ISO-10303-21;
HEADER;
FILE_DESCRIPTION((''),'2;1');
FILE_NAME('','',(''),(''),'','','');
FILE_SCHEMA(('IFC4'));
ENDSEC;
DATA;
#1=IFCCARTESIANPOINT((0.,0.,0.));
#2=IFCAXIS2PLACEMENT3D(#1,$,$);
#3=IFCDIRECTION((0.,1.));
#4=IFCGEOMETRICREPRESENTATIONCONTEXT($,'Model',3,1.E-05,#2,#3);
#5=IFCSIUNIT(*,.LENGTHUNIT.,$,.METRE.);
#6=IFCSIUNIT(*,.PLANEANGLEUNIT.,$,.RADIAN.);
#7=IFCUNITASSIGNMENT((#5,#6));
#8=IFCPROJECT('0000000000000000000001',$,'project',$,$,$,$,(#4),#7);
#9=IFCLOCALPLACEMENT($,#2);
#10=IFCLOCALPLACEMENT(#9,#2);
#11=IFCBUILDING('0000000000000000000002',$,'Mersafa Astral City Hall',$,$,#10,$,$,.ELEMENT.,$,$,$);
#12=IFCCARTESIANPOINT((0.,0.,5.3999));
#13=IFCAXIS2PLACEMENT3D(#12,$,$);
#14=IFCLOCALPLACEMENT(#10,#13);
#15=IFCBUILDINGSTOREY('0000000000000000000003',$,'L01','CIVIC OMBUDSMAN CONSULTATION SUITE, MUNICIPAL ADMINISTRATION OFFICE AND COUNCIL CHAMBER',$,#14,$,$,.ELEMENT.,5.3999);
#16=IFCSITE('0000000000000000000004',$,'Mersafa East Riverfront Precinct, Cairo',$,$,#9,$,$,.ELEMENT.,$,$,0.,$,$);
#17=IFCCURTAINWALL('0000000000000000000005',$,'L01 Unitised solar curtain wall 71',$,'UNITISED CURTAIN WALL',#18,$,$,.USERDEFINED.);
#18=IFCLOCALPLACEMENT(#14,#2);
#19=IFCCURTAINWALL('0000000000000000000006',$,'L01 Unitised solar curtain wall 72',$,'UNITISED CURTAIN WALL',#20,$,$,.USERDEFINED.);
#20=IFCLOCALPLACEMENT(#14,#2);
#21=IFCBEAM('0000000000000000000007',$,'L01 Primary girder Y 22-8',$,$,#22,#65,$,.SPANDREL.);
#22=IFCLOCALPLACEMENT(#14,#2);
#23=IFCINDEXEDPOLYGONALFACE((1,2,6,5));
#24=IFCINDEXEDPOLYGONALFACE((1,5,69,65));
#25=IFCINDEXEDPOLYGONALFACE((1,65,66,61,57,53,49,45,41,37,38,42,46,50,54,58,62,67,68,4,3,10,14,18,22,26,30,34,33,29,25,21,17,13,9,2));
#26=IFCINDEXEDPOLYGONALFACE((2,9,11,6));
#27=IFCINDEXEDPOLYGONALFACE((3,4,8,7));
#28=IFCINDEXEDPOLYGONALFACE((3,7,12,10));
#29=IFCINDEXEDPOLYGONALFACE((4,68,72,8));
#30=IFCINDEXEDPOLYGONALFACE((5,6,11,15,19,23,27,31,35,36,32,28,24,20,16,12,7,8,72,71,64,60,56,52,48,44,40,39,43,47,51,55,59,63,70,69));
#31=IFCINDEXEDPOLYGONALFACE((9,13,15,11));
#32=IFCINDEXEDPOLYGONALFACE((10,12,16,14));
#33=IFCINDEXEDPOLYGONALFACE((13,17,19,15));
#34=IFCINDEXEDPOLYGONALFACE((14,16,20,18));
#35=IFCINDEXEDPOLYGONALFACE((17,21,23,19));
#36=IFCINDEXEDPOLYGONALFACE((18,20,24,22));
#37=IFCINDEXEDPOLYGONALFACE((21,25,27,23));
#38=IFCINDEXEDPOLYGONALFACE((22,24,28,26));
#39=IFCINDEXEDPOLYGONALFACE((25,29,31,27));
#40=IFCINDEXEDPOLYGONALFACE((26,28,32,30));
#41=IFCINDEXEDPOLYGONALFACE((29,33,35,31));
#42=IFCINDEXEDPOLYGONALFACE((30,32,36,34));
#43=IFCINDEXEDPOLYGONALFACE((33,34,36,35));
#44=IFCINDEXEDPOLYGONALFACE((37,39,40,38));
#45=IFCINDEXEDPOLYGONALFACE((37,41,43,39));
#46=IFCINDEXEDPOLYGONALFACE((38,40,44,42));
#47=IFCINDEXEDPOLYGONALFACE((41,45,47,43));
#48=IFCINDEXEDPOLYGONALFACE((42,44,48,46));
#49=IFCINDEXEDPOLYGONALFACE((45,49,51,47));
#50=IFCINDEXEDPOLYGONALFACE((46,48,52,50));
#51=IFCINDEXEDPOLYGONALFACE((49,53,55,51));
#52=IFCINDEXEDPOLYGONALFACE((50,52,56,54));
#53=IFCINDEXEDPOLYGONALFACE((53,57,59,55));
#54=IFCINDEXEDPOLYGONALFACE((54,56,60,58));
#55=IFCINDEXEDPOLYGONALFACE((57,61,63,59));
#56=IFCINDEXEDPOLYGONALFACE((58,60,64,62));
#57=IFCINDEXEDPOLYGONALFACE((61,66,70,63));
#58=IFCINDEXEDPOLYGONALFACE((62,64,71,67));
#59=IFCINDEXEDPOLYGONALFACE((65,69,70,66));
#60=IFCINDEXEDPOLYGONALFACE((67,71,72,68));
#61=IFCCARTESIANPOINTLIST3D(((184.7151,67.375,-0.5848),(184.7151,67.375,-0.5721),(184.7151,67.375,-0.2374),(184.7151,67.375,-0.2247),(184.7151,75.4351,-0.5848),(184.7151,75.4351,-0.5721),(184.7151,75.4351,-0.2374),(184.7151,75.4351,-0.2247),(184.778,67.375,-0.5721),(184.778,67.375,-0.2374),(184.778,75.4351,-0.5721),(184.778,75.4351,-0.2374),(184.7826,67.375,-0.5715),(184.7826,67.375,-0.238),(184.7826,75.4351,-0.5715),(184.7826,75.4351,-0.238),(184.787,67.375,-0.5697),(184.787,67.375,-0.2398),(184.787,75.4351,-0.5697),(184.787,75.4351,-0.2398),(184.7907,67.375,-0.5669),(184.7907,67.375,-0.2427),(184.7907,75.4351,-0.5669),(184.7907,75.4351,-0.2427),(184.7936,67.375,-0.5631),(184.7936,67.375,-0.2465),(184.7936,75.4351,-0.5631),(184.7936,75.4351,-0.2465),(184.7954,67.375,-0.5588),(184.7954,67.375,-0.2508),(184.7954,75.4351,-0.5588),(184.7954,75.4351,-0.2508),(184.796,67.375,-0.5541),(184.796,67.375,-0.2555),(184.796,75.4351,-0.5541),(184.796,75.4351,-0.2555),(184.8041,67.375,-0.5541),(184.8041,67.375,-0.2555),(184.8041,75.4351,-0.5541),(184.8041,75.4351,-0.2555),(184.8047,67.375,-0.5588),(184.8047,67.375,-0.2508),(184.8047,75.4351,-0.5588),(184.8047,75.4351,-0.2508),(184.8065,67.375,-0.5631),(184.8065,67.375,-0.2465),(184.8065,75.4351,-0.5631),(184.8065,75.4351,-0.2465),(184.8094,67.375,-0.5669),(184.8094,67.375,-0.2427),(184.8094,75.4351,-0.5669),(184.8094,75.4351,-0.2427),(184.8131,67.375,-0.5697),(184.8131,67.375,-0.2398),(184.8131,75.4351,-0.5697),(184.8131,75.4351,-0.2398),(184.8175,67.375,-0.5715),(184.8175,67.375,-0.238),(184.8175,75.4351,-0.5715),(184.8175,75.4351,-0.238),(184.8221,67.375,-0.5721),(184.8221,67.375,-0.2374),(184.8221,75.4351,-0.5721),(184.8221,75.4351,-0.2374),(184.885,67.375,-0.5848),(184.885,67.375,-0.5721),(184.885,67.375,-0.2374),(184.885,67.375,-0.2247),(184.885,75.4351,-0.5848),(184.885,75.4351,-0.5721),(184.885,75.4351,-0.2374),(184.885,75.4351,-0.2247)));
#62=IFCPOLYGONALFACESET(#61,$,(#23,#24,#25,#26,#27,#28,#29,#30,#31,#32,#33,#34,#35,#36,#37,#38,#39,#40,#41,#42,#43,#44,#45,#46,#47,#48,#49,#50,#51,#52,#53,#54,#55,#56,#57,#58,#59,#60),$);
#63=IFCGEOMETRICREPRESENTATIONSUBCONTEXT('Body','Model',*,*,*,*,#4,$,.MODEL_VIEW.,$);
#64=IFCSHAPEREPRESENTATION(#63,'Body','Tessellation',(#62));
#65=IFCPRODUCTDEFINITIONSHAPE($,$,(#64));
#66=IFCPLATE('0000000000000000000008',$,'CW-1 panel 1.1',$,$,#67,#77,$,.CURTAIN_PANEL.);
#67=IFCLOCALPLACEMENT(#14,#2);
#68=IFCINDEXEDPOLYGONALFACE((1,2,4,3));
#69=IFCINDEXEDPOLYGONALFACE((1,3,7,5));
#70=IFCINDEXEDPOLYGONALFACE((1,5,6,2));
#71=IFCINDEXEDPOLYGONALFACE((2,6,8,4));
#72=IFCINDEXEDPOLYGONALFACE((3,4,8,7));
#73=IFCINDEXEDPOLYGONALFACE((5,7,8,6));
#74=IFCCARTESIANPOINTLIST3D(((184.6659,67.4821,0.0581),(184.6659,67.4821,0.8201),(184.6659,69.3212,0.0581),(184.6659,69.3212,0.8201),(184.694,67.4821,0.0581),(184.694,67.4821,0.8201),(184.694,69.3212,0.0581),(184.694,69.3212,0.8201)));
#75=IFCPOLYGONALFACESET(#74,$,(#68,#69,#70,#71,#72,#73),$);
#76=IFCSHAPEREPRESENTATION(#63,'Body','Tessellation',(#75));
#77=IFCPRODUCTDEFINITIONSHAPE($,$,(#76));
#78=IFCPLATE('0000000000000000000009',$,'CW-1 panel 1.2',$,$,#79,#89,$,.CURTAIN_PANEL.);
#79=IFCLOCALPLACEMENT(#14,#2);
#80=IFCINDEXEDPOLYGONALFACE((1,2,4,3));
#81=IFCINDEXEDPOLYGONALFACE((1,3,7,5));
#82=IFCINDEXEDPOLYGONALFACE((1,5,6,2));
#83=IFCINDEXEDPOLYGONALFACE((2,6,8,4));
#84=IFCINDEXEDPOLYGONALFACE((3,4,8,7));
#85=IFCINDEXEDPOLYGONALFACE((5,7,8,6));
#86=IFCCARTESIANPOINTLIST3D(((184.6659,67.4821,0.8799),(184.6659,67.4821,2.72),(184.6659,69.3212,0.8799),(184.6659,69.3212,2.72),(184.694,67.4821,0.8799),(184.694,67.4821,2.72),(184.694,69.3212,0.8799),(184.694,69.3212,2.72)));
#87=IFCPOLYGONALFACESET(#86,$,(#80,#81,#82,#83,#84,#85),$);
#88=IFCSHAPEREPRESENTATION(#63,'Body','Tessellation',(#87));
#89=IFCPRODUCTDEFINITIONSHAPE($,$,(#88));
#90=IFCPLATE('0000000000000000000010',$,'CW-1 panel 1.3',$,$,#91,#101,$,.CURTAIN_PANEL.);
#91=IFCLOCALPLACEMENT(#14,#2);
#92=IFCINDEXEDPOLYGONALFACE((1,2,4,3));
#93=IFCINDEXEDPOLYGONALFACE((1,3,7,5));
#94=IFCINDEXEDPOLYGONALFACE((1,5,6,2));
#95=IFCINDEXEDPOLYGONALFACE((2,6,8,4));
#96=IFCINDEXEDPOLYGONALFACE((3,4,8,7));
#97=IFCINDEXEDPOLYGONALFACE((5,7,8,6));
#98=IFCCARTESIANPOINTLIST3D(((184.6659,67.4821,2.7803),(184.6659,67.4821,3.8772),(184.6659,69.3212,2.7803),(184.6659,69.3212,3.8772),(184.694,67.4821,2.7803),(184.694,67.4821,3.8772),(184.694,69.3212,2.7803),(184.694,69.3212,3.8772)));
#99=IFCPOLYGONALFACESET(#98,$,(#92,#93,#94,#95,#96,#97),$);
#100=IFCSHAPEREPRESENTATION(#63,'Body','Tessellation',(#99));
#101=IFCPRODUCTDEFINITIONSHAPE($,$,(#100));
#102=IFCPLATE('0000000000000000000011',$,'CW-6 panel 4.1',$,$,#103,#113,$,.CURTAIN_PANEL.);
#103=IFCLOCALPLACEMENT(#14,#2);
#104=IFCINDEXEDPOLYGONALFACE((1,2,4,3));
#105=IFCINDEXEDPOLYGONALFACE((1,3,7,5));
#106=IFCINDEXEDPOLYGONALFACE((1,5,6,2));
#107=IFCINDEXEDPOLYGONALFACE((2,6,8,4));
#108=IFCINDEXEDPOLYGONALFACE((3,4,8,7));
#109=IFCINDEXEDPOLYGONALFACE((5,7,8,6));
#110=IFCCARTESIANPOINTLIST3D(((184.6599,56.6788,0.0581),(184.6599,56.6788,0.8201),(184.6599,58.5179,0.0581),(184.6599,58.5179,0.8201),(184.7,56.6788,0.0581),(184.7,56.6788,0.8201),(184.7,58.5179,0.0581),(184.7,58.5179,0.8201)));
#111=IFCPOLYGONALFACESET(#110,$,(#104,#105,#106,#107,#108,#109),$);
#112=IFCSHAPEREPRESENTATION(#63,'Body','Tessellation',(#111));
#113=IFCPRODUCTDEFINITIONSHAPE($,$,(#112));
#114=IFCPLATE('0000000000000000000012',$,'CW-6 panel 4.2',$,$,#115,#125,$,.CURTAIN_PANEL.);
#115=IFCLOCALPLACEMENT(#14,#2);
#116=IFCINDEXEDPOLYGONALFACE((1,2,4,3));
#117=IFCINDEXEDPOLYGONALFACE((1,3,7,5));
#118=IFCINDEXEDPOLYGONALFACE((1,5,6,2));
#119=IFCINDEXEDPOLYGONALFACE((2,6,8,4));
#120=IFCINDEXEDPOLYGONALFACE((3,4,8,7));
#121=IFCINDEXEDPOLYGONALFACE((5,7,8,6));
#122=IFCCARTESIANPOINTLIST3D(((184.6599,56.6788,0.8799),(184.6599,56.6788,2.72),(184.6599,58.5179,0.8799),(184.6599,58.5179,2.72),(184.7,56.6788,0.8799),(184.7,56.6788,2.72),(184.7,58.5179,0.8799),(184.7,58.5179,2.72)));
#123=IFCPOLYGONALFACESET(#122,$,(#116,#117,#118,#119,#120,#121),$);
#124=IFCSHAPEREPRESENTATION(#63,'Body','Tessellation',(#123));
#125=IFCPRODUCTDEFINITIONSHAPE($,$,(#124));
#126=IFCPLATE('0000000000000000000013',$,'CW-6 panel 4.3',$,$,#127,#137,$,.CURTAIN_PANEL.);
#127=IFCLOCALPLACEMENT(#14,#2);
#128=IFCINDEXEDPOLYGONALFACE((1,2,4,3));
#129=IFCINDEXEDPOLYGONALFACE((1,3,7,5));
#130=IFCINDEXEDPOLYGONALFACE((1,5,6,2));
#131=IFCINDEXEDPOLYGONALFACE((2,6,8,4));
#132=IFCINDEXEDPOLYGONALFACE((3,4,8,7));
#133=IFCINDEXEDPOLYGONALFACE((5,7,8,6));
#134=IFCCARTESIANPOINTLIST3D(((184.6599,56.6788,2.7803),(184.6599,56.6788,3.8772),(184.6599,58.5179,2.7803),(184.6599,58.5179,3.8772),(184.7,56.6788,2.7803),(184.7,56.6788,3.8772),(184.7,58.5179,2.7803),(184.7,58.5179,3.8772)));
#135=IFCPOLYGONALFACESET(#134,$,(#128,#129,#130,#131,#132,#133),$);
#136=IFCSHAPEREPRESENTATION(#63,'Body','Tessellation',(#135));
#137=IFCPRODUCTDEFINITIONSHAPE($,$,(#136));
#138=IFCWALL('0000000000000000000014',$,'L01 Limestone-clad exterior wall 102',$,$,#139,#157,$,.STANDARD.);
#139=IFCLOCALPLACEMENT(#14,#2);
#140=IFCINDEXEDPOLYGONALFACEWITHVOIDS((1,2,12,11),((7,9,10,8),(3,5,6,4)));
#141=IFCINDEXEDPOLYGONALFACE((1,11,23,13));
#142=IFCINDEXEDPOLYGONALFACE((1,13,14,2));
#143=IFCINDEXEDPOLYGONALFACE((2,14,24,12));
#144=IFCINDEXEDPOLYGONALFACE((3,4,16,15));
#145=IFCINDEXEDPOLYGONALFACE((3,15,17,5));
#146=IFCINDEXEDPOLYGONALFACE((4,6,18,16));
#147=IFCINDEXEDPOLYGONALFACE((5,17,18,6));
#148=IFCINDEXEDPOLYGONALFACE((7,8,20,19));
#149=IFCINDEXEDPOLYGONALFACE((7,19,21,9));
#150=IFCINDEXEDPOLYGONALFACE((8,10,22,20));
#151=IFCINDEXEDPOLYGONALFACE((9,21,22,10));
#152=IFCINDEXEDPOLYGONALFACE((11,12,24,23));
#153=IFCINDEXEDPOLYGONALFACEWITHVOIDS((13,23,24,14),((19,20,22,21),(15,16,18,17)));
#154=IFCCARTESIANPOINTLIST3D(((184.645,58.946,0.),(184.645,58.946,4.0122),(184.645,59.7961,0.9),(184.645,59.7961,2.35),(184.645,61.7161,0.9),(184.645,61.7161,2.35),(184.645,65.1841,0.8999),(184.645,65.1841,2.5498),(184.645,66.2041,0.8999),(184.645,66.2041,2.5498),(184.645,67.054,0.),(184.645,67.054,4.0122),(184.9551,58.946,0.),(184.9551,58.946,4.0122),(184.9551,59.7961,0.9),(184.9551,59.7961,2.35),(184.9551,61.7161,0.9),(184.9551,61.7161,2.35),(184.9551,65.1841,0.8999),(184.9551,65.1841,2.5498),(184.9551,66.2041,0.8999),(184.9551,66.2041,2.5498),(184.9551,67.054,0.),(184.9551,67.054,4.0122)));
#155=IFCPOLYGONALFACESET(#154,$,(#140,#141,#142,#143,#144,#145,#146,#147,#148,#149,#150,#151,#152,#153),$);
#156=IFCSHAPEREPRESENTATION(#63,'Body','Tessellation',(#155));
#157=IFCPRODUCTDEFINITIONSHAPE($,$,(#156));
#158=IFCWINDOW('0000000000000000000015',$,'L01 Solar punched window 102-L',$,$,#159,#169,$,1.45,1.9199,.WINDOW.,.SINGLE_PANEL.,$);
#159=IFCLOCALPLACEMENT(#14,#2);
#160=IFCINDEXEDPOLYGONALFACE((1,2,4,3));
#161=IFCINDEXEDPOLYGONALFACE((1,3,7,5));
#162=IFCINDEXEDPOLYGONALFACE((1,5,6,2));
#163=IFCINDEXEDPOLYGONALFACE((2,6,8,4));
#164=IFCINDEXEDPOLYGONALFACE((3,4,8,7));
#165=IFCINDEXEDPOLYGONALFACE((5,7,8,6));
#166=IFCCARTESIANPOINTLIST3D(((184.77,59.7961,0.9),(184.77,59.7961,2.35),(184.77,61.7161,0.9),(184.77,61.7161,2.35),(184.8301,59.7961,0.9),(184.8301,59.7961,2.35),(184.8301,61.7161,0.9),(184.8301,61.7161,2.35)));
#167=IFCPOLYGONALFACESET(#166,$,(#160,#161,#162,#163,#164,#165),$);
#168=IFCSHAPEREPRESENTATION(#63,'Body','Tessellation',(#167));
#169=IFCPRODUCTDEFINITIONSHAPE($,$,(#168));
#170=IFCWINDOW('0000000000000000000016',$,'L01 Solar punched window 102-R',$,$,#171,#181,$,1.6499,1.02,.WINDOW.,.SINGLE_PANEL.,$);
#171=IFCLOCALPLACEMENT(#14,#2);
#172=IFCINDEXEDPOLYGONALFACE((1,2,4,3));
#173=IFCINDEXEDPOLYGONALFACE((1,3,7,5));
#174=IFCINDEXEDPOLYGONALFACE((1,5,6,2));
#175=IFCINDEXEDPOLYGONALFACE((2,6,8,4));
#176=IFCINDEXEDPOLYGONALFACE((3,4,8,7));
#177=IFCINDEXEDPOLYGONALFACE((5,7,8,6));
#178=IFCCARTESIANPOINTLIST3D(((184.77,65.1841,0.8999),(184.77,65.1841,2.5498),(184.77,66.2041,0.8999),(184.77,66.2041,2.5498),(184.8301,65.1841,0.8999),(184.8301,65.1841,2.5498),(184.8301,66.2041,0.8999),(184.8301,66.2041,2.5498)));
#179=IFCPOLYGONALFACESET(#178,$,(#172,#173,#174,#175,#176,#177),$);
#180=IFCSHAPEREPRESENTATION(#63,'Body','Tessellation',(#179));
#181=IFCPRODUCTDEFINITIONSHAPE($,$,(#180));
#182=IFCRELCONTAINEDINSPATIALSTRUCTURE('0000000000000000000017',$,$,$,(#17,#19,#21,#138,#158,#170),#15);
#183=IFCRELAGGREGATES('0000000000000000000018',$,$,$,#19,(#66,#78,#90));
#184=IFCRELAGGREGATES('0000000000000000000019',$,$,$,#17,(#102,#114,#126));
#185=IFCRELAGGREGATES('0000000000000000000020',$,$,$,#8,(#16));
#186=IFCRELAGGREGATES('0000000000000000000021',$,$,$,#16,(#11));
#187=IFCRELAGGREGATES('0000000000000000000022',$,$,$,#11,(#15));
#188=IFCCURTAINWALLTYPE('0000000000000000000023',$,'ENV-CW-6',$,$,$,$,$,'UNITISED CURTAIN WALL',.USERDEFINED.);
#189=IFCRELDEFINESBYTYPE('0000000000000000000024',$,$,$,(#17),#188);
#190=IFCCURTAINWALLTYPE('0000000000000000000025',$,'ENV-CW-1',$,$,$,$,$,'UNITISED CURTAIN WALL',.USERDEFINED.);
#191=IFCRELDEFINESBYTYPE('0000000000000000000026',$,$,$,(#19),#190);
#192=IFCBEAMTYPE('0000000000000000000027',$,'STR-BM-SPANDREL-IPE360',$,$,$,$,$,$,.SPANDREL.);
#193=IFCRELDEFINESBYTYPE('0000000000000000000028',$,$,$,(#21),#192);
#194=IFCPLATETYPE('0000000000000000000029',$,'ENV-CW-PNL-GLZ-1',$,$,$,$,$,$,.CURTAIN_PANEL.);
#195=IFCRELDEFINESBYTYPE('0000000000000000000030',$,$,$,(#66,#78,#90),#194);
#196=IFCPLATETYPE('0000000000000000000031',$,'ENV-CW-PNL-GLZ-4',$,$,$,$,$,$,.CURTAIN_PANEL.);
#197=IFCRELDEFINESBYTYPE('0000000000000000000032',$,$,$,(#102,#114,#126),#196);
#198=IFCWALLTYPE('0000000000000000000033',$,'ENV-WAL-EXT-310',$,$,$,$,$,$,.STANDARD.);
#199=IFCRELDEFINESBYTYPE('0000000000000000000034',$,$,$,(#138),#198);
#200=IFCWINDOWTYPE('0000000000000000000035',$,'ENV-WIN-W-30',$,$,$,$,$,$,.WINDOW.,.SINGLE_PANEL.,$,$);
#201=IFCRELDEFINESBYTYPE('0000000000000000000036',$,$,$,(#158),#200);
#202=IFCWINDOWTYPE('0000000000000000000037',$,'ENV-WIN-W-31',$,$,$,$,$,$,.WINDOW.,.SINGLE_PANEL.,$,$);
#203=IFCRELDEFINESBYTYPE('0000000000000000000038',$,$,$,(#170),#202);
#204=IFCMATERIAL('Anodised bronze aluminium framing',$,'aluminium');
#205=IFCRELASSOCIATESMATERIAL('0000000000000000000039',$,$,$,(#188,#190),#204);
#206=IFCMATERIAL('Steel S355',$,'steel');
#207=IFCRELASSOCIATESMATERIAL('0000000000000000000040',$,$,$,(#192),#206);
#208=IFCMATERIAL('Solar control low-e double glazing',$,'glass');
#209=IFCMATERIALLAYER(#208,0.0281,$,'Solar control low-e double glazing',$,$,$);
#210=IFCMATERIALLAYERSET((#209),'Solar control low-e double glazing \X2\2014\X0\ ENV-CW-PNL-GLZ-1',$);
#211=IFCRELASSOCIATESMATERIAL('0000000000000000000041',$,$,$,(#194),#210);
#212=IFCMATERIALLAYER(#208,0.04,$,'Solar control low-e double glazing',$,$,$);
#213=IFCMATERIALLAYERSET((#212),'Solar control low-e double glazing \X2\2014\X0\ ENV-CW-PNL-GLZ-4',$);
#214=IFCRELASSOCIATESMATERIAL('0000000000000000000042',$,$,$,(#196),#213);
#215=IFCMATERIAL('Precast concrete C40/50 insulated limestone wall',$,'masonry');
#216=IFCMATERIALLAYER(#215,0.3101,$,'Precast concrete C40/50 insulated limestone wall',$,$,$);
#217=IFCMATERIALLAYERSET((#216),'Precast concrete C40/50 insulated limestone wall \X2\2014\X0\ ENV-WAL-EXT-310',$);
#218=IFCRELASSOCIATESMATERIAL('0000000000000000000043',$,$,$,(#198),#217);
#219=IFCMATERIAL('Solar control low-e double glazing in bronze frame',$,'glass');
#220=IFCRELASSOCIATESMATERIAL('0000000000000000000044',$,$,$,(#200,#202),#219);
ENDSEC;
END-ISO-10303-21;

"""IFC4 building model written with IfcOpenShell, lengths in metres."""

from ifc_helpers import new_model, si_unit, direction, frame, frame_2d, origin, origin_2d, place, context, subcontext, project, spatial, rectangle, i_section, extrude, material, layer, layer_set, material_profile, profile_set, type_object, element, fill, aggregate, save


model = new_model("IFC4")

# Units and contexts
model_context = context("Model", 3, precision=1e-05, world=origin(), true_north=direction((0.0, 1.0)))
body_context = subcontext(model_context, "Body", "Model", "MODEL_VIEW")
ifc_project = project(units=[si_unit("LENGTHUNIT", "METRE"), si_unit("PLANEANGLEUNIT", "RADIAN")], contexts=[model_context])

# Site, building, storey
site_placement = place(None, origin())
site = spatial("IfcSite", under=ifc_project, at=site_placement, Name="Mersafa East Riverfront Precinct, Cairo", CompositionType="ELEMENT", RefElevation=0.0)
building_placement = place(site_placement, origin())
building = spatial("IfcBuilding", under=site, at=building_placement, Name="Mersafa Astral City Hall", CompositionType="ELEMENT")
storey_placement = place(building_placement, frame((0.0, 0.0, 5.3999)))
storey = spatial("IfcBuildingStorey", under=building, at=storey_placement, Name="L01", Description="CIVIC OMBUDSMAN CONSULTATION SUITE, MUNICIPAL ADMINISTRATION OFFICE AND COUNCIL CHAMBER", CompositionType="ELEMENT", Elevation=5.3999)

# Shared definitions
ifc_material_1 = material(Name="Steel S355", Category="steel")

# Curtain wall
ifc_material_2 = material(Name="Anodised bronze aluminium framing", Category="aluminium")
curtain_wall_type_1 = type_object("IfcCurtainWallType", Name="ENV-CW-6", ElementType="UNITISED CURTAIN WALL", PredefinedType="USERDEFINED", material=ifc_material_2)
curtain_wall_1_placement = place(storey_placement, origin())
curtain_wall_1 = element("IfcCurtainWall", 1, at=curtain_wall_1_placement, inside=storey, type_object=curtain_wall_type_1, Name="L01 Unitised solar curtain wall 71", ObjectType="UNITISED CURTAIN WALL", PredefinedType="USERDEFINED")

# Curtain wall
curtain_wall_type_2 = type_object("IfcCurtainWallType", Name="ENV-CW-1", ElementType="UNITISED CURTAIN WALL", PredefinedType="USERDEFINED", material=ifc_material_2)
curtain_wall_2_placement = place(storey_placement, origin())
curtain_wall_2 = element("IfcCurtainWall", 2, at=curtain_wall_2_placement, inside=storey, type_object=curtain_wall_type_2, Name="L01 Unitised solar curtain wall 72", ObjectType="UNITISED CURTAIN WALL", PredefinedType="USERDEFINED")

# Beam
ifc_material_profile_1 = material_profile(ifc_material_1, i_section(OverallWidth=0.1699, OverallDepth=0.3601, WebThickness=0.0081, FlangeThickness=0.0127, FilletRadius=0.0181, at=origin_2d()), Name="IPE 360")
ifc_profile_set_1 = profile_set([ifc_material_profile_1], Name="Steel S355")
beam_type_1 = type_object("IfcBeamType", Name="STR-BM-SPANDREL-IPE360", PredefinedType="SPANDREL", material=ifc_profile_set_1)
beam_1_placement = place(storey_placement, frame((184.8, 67.375, -0.4048), z_axis=(0.0, 1.0, 0.0), x_axis=(-1.0, 0.0, 0.0)))
element("IfcBeam", 3, at=beam_1_placement, inside=storey, type_object=beam_type_1, Name="L01 Primary girder Y 22-8", PredefinedType="SPANDREL", context=body_context, shape_type="SweptSolid", body=[
    extrude(i_section(OverallWidth=0.1699, OverallDepth=0.3601, WebThickness=0.0081, FlangeThickness=0.0127, FilletRadius=0.0181, at=origin_2d()), origin(), (0.0, 0.0, 1.0), 8.0601),
])

# Plates
ifc_material_3 = material(Name="Solar control low-e double glazing", Category="glass")
ifc_layer_1 = layer(ifc_material_3, 0.0281, Name="Solar control low-e double glazing")
ifc_layer_set_1 = layer_set([ifc_layer_1], Name="Solar control low-e double glazing — ENV-CW-PNL-GLZ-1")
plate_type_1 = type_object("IfcPlateType", Name="ENV-CW-PNL-GLZ-1", PredefinedType="CURTAIN_PANEL", material=ifc_layer_set_1)
plate_1_placement = place(storey_placement, frame((184.6799, 68.4016, 0.0581), z_axis=(0.0, 0.0, 1.0), x_axis=(0.0, 1.0, 0.0)))
plate_1 = element("IfcPlate", 4, at=plate_1_placement, type_object=plate_type_1, Name="CW-1 panel 1.1", PredefinedType="CURTAIN_PANEL", context=body_context, shape_type="SweptSolid", body=[
    extrude(rectangle(XDim=1.8391, YDim=0.0281, at=origin_2d()), origin(), (0.0, 0.0, 1.0), 0.762),
])
plate_2_placement = place(storey_placement, frame((184.6799, 68.4016, 0.8799), z_axis=(0.0, 0.0, 1.0), x_axis=(0.0, 1.0, 0.0)))
plate_2 = element("IfcPlate", 5, at=plate_2_placement, type_object=plate_type_1, Name="CW-1 panel 1.2", PredefinedType="CURTAIN_PANEL", context=body_context, shape_type="SweptSolid", body=[
    extrude(rectangle(XDim=1.8391, YDim=0.0281, at=origin_2d()), origin(), (0.0, 0.0, 1.0), 1.8401),
])
plate_3_placement = place(storey_placement, frame((184.6799, 68.4016, 2.7803), z_axis=(0.0, 0.0, 1.0), x_axis=(0.0, 1.0, 0.0)))
plate_3 = element("IfcPlate", 6, at=plate_3_placement, type_object=plate_type_1, Name="CW-1 panel 1.3", PredefinedType="CURTAIN_PANEL", context=body_context, shape_type="SweptSolid", body=[
    extrude(rectangle(XDim=1.8391, YDim=0.0281, at=origin_2d()), origin(), (0.0, 0.0, 1.0), 1.0969),
])
aggregate(curtain_wall_2, [plate_1, plate_2, plate_3])
ifc_layer_2 = layer(ifc_material_3, 0.04, Name="Solar control low-e double glazing")
ifc_layer_set_2 = layer_set([ifc_layer_2], Name="Solar control low-e double glazing — ENV-CW-PNL-GLZ-4")
plate_type_2 = type_object("IfcPlateType", Name="ENV-CW-PNL-GLZ-4", PredefinedType="CURTAIN_PANEL", material=ifc_layer_set_2)
plate_4_placement = place(storey_placement, frame((184.6799, 57.5984, 0.0581), z_axis=(0.0, 0.0, 1.0), x_axis=(0.0, 1.0, 0.0)))
plate_4 = element("IfcPlate", 7, at=plate_4_placement, type_object=plate_type_2, Name="CW-6 panel 4.1", PredefinedType="CURTAIN_PANEL", context=body_context, shape_type="SweptSolid", body=[
    extrude(rectangle(XDim=1.8391, YDim=0.04, at=origin_2d()), origin(), (0.0, 0.0, 1.0), 0.762),
])
plate_5_placement = place(storey_placement, frame((184.6799, 57.5984, 0.8799), z_axis=(0.0, 0.0, 1.0), x_axis=(0.0, 1.0, 0.0)))
plate_5 = element("IfcPlate", 8, at=plate_5_placement, type_object=plate_type_2, Name="CW-6 panel 4.2", PredefinedType="CURTAIN_PANEL", context=body_context, shape_type="SweptSolid", body=[
    extrude(rectangle(XDim=1.8391, YDim=0.04, at=origin_2d()), origin(), (0.0, 0.0, 1.0), 1.8401),
])
plate_6_placement = place(storey_placement, frame((184.6799, 57.5984, 2.7803), z_axis=(0.0, 0.0, 1.0), x_axis=(0.0, 1.0, 0.0)))
plate_6 = element("IfcPlate", 9, at=plate_6_placement, type_object=plate_type_2, Name="CW-6 panel 4.3", PredefinedType="CURTAIN_PANEL", context=body_context, shape_type="SweptSolid", body=[
    extrude(rectangle(XDim=1.8391, YDim=0.04, at=origin_2d()), origin(), (0.0, 0.0, 1.0), 1.0969),
])
aggregate(curtain_wall_1, [plate_4, plate_5, plate_6])

# Wall, openings, windows
ifc_material_4 = material(Name="Precast concrete C40/50 insulated limestone wall", Category="masonry")
ifc_layer_3 = layer(ifc_material_4, 0.3101, Name="Precast concrete C40/50 insulated limestone wall")
ifc_layer_set_3 = layer_set([ifc_layer_3], Name="Precast concrete C40/50 insulated limestone wall — ENV-WAL-EXT-310")
wall_type = type_object("IfcWallType", Name="ENV-WAL-EXT-310", PredefinedType="STANDARD", material=ifc_layer_set_3)
wall_placement = place(storey_placement, frame((184.8, 58.946, 0.0), z_axis=(0.0, 0.0, 1.0), x_axis=(0.0, 1.0, 0.0)))
wall = element("IfcWall", 10, at=wall_placement, inside=storey, type_object=wall_type, Name="L01 Limestone-clad exterior wall 102", PredefinedType="STANDARD", context=body_context, shape_type="SweptSolid", body=[
    extrude(rectangle(XDim=8.1079, YDim=0.3101, at=frame_2d((4.054, 0.0))), origin(), (0.0, 0.0, 1.0), 4.0122),
])
opening_1_placement = place(wall_placement, frame((0.8501, 0.0, 0.8999)))
opening_1 = element("IfcOpeningElement", 11, at=opening_1_placement, cuts=wall, PredefinedType="OPENING", context=body_context, shape_type="SweptSolid", body=[
    extrude(rectangle(XDim=1.9199, YDim=1.45, at=frame_2d((0.96, 0.7251))), frame((0.0, 0.165, 0.0), z_axis=(0.0, -1.0, 0.0), x_axis=(1.0, 0.0, 0.0)), (0.0, 0.0, 1.0), 0.3301),
])
opening_2_placement = place(wall_placement, frame((6.238, 0.0, 0.8999)))
opening_2 = element("IfcOpeningElement", 12, at=opening_2_placement, cuts=wall, PredefinedType="OPENING", context=body_context, shape_type="SweptSolid", body=[
    extrude(rectangle(XDim=1.02, YDim=1.6499, at=frame_2d((0.51, 0.825))), frame((0.0, 0.165, 0.0), z_axis=(0.0, -1.0, 0.0), x_axis=(1.0, 0.0, 0.0)), (0.0, 0.0, 1.0), 0.3301),
])
ifc_material_5 = material(Name="Solar control low-e double glazing in bronze frame", Category="glass")
window_type_1 = type_object("IfcWindowType", Name="ENV-WIN-W-30", PartitioningType="SINGLE_PANEL", PredefinedType="WINDOW", material=ifc_material_5)
window_1_placement = place(opening_1_placement, origin())
window_1 = element("IfcWindow", 13, at=window_1_placement, inside=storey, type_object=window_type_1, Name="L01 Solar punched window 102-L", OverallHeight=1.45, OverallWidth=1.9199, PartitioningType="SINGLE_PANEL", PredefinedType="WINDOW", context=body_context, shape_type="SweptSolid", body=[
    extrude(rectangle(XDim=1.9199, YDim=1.45, at=frame_2d((0.96, 0.7251))), frame((0.0, 0.03, 0.0), z_axis=(0.0, -1.0, 0.0), x_axis=(1.0, 0.0, 0.0)), (0.0, 0.0, 1.0), 0.0601),
])
fill(opening_1, window_1)
window_type_2 = type_object("IfcWindowType", Name="ENV-WIN-W-31", PartitioningType="SINGLE_PANEL", PredefinedType="WINDOW", material=ifc_material_5)
window_2_placement = place(opening_2_placement, origin())
window_2 = element("IfcWindow", 14, at=window_2_placement, inside=storey, type_object=window_type_2, Name="L01 Solar punched window 102-R", OverallHeight=1.6499, OverallWidth=1.02, PartitioningType="SINGLE_PANEL", PredefinedType="WINDOW", context=body_context, shape_type="SweptSolid", body=[
    extrude(rectangle(XDim=1.02, YDim=1.6499, at=frame_2d((0.51, 0.825))), frame((0.0, 0.03, 0.0), z_axis=(0.0, -1.0, 0.0), x_axis=(1.0, 0.0, 0.0)), (0.0, 0.0, 1.0), 0.0601),
])
fill(opening_2, window_2)

save(model, "model.ifc")
